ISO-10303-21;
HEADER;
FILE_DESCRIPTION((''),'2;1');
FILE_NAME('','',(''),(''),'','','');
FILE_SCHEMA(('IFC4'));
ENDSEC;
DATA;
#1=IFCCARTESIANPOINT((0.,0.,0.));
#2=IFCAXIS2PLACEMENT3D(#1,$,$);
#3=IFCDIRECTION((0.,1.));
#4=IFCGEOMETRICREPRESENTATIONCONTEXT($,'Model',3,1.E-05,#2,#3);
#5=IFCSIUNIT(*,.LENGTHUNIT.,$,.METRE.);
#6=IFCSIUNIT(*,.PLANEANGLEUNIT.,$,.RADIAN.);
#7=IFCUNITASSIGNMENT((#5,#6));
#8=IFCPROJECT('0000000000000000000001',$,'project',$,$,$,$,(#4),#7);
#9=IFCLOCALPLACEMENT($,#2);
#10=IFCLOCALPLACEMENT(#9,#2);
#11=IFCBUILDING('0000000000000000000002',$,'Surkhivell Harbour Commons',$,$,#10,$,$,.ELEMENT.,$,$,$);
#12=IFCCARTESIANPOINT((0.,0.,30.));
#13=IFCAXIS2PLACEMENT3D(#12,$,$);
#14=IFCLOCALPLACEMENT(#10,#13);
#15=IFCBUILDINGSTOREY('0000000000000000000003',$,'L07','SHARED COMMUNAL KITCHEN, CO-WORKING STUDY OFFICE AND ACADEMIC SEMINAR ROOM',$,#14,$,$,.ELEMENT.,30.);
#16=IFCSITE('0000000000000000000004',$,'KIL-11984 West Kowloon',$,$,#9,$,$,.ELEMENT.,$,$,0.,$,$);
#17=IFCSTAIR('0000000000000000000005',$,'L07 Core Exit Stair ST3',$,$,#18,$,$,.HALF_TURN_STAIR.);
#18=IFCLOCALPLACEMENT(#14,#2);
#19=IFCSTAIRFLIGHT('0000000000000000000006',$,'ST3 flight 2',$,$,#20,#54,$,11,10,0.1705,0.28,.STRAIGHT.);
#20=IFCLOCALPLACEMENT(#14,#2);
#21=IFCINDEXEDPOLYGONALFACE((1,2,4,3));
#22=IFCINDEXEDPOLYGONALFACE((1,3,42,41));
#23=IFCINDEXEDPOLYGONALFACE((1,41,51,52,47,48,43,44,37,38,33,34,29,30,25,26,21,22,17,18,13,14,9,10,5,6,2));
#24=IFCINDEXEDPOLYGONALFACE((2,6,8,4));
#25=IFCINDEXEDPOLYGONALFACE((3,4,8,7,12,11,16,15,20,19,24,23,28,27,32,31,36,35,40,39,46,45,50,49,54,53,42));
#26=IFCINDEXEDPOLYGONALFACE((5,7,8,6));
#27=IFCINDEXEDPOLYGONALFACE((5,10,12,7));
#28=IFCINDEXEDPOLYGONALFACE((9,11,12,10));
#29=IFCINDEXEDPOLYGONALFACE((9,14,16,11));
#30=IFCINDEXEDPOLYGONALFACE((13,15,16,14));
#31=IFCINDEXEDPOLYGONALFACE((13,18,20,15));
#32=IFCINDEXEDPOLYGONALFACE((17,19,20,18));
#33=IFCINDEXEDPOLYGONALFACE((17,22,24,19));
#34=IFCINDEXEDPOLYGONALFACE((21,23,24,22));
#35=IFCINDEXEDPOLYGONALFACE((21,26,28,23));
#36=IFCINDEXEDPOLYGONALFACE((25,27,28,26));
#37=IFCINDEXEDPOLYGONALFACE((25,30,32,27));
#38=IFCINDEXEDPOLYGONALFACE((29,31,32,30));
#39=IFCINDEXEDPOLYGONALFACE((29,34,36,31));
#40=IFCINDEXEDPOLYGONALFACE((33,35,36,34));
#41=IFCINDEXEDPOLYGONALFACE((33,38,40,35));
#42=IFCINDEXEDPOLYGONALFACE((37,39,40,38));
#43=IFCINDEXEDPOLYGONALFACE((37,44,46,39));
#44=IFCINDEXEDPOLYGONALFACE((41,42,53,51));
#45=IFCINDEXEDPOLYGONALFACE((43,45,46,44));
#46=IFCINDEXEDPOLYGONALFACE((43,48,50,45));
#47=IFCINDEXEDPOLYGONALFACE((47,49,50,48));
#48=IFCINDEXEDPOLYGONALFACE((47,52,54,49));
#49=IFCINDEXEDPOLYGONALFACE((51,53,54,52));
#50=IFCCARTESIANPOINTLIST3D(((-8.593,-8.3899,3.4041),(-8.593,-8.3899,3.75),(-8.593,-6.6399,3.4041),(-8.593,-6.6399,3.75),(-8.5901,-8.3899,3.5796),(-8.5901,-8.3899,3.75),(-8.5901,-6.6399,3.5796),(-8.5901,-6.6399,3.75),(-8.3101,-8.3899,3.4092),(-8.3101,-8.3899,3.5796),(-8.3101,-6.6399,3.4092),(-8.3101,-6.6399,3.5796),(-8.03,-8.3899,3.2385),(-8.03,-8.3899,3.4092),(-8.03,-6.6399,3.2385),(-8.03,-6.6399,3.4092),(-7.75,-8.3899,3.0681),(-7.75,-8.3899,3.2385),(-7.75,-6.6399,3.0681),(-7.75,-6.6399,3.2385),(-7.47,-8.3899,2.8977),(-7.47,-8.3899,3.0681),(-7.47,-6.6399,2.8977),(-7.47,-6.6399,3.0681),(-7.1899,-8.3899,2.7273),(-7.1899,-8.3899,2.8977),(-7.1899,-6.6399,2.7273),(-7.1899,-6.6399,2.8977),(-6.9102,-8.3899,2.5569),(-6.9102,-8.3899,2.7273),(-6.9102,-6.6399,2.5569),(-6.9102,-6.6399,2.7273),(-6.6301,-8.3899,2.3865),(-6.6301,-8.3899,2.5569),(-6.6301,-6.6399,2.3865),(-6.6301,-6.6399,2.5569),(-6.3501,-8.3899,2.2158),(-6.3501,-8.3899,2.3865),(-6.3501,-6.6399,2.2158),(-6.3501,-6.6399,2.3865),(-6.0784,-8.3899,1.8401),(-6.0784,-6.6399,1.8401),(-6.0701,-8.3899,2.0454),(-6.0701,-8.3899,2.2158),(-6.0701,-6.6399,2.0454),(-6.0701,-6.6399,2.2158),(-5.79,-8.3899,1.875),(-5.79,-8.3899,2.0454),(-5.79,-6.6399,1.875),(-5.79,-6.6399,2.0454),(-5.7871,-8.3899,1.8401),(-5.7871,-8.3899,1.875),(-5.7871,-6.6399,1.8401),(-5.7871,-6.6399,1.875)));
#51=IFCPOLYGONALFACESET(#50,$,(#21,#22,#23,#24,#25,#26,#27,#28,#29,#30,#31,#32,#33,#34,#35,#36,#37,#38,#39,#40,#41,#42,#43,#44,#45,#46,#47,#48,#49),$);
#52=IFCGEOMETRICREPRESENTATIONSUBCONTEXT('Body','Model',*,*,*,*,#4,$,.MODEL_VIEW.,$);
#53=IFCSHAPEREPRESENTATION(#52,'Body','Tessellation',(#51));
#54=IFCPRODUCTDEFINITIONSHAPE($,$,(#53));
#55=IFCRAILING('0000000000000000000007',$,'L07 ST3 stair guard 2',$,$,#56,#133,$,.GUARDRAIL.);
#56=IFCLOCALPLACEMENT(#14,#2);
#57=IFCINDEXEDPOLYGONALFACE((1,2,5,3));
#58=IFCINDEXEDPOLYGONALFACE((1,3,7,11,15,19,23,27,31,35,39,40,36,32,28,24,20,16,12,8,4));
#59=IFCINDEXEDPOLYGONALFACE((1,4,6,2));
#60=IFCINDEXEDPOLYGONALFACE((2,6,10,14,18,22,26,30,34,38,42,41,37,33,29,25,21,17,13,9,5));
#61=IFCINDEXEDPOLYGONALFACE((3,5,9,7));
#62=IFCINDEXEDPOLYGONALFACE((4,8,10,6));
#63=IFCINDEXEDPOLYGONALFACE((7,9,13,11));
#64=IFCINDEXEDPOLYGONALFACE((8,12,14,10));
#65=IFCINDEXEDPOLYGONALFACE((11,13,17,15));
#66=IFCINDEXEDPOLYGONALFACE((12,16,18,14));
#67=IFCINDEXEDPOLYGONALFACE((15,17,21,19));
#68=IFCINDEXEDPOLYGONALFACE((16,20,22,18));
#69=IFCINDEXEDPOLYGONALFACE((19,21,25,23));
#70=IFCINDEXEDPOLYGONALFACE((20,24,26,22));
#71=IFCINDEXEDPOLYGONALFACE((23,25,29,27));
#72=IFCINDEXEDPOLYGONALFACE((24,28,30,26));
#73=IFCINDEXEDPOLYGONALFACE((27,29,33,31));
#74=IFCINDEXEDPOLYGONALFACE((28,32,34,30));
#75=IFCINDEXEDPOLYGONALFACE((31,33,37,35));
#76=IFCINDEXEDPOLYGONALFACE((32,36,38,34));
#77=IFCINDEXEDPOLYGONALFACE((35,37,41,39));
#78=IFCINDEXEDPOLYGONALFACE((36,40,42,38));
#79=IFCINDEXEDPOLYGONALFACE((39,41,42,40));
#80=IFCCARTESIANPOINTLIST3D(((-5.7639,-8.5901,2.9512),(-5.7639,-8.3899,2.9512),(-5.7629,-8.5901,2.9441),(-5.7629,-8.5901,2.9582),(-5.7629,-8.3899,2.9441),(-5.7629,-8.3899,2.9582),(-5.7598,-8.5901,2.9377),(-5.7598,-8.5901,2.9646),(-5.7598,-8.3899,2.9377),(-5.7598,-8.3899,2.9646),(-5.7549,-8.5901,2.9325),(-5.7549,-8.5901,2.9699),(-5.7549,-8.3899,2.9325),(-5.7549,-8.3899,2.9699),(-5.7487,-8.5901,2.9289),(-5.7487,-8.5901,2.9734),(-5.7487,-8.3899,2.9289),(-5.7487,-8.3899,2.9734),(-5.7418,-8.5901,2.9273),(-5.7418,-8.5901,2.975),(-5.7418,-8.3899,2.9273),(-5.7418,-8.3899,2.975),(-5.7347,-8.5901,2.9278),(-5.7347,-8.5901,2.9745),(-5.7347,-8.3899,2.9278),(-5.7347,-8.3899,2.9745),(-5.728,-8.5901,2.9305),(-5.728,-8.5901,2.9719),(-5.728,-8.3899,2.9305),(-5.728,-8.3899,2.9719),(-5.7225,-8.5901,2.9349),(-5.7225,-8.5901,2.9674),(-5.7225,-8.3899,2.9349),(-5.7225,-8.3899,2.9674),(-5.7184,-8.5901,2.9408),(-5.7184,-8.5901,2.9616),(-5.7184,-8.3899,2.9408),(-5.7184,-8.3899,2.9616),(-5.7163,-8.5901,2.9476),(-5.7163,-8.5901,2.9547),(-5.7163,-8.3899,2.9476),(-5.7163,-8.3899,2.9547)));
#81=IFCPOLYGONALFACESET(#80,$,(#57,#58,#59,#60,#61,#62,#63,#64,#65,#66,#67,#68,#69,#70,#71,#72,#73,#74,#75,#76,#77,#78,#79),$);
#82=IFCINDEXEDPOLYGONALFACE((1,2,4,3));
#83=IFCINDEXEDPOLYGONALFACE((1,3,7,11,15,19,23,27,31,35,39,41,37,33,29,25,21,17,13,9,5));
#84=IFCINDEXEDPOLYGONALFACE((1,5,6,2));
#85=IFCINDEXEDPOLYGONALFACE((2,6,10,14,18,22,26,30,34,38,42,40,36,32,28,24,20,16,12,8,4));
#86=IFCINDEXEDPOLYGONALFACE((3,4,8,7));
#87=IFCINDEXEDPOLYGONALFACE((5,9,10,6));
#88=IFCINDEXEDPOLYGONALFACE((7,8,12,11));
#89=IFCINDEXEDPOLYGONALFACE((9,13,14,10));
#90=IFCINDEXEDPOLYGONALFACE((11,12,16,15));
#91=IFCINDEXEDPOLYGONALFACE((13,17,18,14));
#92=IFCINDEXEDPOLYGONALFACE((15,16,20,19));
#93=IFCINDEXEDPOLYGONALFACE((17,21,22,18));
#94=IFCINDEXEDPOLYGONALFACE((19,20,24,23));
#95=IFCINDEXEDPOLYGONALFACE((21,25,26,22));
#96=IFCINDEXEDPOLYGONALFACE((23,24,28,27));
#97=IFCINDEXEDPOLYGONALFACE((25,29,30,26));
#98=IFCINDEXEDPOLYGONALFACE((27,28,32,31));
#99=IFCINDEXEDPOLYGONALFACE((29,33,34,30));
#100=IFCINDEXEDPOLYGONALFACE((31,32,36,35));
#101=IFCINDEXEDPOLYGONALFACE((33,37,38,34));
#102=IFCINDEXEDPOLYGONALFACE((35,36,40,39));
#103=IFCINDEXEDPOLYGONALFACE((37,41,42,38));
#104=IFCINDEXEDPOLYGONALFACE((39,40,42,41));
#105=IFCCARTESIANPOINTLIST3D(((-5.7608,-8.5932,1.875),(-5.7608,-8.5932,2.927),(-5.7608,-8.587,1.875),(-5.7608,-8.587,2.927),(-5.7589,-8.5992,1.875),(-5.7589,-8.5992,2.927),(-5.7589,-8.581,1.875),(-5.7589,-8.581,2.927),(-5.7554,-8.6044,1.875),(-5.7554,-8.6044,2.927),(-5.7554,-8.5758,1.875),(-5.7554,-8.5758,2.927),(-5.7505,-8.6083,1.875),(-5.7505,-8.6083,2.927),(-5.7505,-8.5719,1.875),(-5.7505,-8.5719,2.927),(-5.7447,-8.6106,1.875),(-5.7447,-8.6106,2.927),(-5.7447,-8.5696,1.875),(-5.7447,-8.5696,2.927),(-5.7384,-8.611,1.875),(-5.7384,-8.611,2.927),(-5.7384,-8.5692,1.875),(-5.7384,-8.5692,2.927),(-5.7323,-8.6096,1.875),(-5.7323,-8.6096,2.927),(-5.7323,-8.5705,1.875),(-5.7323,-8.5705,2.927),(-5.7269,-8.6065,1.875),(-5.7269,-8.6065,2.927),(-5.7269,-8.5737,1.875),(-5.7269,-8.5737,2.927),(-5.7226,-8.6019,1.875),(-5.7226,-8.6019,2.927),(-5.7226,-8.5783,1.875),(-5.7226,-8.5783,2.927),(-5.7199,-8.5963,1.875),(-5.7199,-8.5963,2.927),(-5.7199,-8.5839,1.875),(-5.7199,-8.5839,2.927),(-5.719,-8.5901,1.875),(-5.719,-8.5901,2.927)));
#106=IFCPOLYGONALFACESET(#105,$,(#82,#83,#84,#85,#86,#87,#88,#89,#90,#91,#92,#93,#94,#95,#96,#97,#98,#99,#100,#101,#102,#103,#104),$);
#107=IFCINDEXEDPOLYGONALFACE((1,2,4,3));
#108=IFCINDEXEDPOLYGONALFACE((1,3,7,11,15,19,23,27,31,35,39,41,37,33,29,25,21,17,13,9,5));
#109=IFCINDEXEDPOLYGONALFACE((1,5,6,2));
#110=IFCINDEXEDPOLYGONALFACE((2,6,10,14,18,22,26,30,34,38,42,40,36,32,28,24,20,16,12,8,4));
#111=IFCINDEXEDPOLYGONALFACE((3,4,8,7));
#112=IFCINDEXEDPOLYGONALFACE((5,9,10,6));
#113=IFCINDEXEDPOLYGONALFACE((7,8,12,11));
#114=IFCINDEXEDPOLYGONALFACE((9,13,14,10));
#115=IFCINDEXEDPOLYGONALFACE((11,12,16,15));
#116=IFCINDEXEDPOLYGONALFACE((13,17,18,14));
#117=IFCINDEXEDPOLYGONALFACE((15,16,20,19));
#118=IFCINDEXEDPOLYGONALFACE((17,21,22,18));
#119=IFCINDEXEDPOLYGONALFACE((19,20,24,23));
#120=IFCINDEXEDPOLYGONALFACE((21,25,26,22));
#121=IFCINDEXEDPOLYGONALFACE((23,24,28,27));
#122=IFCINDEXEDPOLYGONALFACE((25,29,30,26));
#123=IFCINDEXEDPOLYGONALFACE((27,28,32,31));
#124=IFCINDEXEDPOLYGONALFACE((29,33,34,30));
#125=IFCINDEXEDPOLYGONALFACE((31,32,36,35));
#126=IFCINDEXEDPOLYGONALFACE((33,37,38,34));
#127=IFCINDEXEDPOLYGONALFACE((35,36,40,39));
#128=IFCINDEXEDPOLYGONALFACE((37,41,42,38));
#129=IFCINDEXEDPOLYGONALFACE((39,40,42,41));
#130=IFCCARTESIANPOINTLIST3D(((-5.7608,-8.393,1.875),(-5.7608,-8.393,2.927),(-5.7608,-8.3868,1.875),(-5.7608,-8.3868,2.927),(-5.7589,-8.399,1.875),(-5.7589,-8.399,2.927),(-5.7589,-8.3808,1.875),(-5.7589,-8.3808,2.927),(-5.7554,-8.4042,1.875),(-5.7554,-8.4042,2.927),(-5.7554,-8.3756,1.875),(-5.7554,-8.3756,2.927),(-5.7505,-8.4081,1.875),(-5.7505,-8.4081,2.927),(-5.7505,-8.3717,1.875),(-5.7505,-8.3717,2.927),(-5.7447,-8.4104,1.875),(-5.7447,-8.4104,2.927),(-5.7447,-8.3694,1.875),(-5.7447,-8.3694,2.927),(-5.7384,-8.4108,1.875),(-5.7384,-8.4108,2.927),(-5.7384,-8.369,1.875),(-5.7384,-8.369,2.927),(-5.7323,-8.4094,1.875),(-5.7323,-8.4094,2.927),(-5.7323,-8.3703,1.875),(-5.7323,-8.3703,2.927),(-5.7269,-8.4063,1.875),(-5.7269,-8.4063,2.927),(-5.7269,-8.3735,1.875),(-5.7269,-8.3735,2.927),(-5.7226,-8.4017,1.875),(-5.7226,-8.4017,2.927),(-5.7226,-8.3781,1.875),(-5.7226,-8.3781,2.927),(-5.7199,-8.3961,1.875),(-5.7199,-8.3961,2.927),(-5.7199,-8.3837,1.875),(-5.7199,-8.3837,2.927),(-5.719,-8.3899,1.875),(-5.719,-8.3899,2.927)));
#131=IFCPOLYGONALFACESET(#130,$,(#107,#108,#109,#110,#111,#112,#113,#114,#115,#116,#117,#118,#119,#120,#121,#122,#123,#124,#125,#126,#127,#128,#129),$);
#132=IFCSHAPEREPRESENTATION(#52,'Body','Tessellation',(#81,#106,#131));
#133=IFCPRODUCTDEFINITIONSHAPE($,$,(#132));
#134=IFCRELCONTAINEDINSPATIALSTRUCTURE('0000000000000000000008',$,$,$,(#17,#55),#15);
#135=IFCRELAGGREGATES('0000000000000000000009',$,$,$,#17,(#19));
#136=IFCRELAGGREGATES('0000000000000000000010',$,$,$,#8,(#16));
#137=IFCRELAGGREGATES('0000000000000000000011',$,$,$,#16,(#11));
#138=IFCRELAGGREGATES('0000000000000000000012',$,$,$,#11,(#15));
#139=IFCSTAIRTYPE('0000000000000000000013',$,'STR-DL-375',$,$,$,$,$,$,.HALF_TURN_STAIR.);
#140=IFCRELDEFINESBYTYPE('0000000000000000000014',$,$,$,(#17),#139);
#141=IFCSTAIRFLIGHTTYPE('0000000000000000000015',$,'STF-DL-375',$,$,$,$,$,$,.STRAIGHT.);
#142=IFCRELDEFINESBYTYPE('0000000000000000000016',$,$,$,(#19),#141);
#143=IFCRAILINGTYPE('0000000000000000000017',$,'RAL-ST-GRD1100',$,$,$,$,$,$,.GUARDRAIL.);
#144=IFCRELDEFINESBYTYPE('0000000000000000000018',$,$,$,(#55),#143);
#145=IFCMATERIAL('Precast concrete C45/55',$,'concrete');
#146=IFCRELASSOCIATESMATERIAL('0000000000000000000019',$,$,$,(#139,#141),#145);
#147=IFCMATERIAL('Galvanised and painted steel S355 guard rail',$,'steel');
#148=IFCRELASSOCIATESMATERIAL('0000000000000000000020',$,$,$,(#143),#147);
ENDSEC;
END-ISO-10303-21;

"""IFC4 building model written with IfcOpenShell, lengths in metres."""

from ifc_helpers import new_model, si_unit, direction, frame, origin, origin_2d, place, context, subcontext, project, spatial, polyline, circle, outline, extrude, material, type_object, element, aggregate, save


model = new_model("IFC4")

# Units and contexts
model_context = context("Model", 3, precision=1e-05, world=origin(), true_north=direction((0.0, 1.0)))
body_context = subcontext(model_context, "Body", "Model", "MODEL_VIEW")
ifc_project = project(units=[si_unit("LENGTHUNIT", "METRE"), si_unit("PLANEANGLEUNIT", "RADIAN")], contexts=[model_context])

# Site, building, storey
site_placement = place(None, origin())
site = spatial("IfcSite", under=ifc_project, at=site_placement, Name="KIL-11984 West Kowloon", CompositionType="ELEMENT", RefElevation=0.0)
building_placement = place(site_placement, origin())
building = spatial("IfcBuilding", under=site, at=building_placement, Name="Surkhivell Harbour Commons", CompositionType="ELEMENT")
storey_placement = place(building_placement, frame((0.0, 0.0, 30.0)))
storey = spatial("IfcBuildingStorey", under=building, at=storey_placement, Name="L07", Description="SHARED COMMUNAL KITCHEN, CO-WORKING STUDY OFFICE AND ACADEMIC SEMINAR ROOM", CompositionType="ELEMENT", Elevation=30.0)

# Stair, stair flight
ifc_material_1 = material(Name="Precast concrete C45/55", Category="concrete")
stair_type = type_object("IfcStairType", Name="STR-DL-375", PredefinedType="HALF_TURN_STAIR", material=ifc_material_1)
stair_placement = place(storey_placement, origin())
stair = element("IfcStair", 1, at=stair_placement, inside=storey, type_object=stair_type, Name="L07 Core Exit Stair ST3", PredefinedType="HALF_TURN_STAIR")
stair_flight_type = type_object("IfcStairFlightType", Name="STF-DL-375", PredefinedType="STRAIGHT", material=ifc_material_1)
stair_flight_placement = place(storey_placement, frame((-5.79, -7.5149, 1.875), z_axis=(0.0, 0.0, 1.0), x_axis=(-1.0, 0.0, 0.0)))
stair_flight = element("IfcStairFlight", 2, at=stair_flight_placement, type_object=stair_flight_type, Name="ST3 flight 2", NumberOfRisers=11, NumberOfTreads=10, PredefinedType="STRAIGHT", RiserHeight=0.1705, TreadLength=0.28, context=body_context, shape_type="SweptSolid", body=[
    extrude(outline(polyline([(-0.0029, -0.0349), (-0.0029, 0.0), (0.0, 0.0), (0.0, 0.1704), (0.28, 0.1704), (0.28, 0.3408), (0.5601, 0.3408), (0.5601, 0.5115), (0.8401, 0.5115), (0.8401, 0.6819), (1.1201, 0.6819), (1.1201, 0.8523), (1.3999, 0.8523), (1.3999, 1.0227), (1.6799, 1.0227), (1.6799, 1.1931), (1.96, 1.1931), (1.96, 1.3635), (2.24, 1.3635), (2.24, 1.5342), (2.52, 1.5342), (2.52, 1.7046), (2.8, 1.7046), (2.8, 1.875), (2.803, 1.875), (2.803, 1.5291), (0.2883, -0.0349), (-0.0029, -0.0349)])), frame((0.0, 0.875, 0.0), z_axis=(0.0, -1.0, 0.0), x_axis=(1.0, 0.0, 0.0)), (0.0, 0.0, 1.0), 1.75),
])
aggregate(stair, [stair_flight])

# Railing
ifc_material_2 = material(Name="Galvanised and painted steel S355 guard rail", Category="steel")
railing_type_1 = type_object("IfcRailingType", Name="RAL-ST-GRD1100", PredefinedType="GUARDRAIL", material=ifc_material_2)
railing_1_placement = place(storey_placement, frame((-5.74, -8.5901, 1.875)))
element("IfcRailing", 3, at=railing_1_placement, inside=storey, type_object=railing_type_1, Name="L07 ST3 stair guard 2", PredefinedType="GUARDRAIL", context=body_context, shape_type="SweptSolid", body=[
    extrude(circle(Radius=0.0239, at=origin_2d()), frame((0.0, 0.0, 1.0762), z_axis=(0.0, 1.0, 0.0), x_axis=(-1.0, 0.0, 0.0)), (0.0, 0.0, 1.0), 0.2002),
    extrude(circle(Radius=0.021, at=origin_2d()), origin(), (0.0, 0.0, 1.0), 1.052),
    extrude(circle(Radius=0.021, at=origin_2d()), frame((0.0, 0.2002, 0.0)), (0.0, 0.0, 1.0), 1.052),
])

save(model, "model.ifc")
